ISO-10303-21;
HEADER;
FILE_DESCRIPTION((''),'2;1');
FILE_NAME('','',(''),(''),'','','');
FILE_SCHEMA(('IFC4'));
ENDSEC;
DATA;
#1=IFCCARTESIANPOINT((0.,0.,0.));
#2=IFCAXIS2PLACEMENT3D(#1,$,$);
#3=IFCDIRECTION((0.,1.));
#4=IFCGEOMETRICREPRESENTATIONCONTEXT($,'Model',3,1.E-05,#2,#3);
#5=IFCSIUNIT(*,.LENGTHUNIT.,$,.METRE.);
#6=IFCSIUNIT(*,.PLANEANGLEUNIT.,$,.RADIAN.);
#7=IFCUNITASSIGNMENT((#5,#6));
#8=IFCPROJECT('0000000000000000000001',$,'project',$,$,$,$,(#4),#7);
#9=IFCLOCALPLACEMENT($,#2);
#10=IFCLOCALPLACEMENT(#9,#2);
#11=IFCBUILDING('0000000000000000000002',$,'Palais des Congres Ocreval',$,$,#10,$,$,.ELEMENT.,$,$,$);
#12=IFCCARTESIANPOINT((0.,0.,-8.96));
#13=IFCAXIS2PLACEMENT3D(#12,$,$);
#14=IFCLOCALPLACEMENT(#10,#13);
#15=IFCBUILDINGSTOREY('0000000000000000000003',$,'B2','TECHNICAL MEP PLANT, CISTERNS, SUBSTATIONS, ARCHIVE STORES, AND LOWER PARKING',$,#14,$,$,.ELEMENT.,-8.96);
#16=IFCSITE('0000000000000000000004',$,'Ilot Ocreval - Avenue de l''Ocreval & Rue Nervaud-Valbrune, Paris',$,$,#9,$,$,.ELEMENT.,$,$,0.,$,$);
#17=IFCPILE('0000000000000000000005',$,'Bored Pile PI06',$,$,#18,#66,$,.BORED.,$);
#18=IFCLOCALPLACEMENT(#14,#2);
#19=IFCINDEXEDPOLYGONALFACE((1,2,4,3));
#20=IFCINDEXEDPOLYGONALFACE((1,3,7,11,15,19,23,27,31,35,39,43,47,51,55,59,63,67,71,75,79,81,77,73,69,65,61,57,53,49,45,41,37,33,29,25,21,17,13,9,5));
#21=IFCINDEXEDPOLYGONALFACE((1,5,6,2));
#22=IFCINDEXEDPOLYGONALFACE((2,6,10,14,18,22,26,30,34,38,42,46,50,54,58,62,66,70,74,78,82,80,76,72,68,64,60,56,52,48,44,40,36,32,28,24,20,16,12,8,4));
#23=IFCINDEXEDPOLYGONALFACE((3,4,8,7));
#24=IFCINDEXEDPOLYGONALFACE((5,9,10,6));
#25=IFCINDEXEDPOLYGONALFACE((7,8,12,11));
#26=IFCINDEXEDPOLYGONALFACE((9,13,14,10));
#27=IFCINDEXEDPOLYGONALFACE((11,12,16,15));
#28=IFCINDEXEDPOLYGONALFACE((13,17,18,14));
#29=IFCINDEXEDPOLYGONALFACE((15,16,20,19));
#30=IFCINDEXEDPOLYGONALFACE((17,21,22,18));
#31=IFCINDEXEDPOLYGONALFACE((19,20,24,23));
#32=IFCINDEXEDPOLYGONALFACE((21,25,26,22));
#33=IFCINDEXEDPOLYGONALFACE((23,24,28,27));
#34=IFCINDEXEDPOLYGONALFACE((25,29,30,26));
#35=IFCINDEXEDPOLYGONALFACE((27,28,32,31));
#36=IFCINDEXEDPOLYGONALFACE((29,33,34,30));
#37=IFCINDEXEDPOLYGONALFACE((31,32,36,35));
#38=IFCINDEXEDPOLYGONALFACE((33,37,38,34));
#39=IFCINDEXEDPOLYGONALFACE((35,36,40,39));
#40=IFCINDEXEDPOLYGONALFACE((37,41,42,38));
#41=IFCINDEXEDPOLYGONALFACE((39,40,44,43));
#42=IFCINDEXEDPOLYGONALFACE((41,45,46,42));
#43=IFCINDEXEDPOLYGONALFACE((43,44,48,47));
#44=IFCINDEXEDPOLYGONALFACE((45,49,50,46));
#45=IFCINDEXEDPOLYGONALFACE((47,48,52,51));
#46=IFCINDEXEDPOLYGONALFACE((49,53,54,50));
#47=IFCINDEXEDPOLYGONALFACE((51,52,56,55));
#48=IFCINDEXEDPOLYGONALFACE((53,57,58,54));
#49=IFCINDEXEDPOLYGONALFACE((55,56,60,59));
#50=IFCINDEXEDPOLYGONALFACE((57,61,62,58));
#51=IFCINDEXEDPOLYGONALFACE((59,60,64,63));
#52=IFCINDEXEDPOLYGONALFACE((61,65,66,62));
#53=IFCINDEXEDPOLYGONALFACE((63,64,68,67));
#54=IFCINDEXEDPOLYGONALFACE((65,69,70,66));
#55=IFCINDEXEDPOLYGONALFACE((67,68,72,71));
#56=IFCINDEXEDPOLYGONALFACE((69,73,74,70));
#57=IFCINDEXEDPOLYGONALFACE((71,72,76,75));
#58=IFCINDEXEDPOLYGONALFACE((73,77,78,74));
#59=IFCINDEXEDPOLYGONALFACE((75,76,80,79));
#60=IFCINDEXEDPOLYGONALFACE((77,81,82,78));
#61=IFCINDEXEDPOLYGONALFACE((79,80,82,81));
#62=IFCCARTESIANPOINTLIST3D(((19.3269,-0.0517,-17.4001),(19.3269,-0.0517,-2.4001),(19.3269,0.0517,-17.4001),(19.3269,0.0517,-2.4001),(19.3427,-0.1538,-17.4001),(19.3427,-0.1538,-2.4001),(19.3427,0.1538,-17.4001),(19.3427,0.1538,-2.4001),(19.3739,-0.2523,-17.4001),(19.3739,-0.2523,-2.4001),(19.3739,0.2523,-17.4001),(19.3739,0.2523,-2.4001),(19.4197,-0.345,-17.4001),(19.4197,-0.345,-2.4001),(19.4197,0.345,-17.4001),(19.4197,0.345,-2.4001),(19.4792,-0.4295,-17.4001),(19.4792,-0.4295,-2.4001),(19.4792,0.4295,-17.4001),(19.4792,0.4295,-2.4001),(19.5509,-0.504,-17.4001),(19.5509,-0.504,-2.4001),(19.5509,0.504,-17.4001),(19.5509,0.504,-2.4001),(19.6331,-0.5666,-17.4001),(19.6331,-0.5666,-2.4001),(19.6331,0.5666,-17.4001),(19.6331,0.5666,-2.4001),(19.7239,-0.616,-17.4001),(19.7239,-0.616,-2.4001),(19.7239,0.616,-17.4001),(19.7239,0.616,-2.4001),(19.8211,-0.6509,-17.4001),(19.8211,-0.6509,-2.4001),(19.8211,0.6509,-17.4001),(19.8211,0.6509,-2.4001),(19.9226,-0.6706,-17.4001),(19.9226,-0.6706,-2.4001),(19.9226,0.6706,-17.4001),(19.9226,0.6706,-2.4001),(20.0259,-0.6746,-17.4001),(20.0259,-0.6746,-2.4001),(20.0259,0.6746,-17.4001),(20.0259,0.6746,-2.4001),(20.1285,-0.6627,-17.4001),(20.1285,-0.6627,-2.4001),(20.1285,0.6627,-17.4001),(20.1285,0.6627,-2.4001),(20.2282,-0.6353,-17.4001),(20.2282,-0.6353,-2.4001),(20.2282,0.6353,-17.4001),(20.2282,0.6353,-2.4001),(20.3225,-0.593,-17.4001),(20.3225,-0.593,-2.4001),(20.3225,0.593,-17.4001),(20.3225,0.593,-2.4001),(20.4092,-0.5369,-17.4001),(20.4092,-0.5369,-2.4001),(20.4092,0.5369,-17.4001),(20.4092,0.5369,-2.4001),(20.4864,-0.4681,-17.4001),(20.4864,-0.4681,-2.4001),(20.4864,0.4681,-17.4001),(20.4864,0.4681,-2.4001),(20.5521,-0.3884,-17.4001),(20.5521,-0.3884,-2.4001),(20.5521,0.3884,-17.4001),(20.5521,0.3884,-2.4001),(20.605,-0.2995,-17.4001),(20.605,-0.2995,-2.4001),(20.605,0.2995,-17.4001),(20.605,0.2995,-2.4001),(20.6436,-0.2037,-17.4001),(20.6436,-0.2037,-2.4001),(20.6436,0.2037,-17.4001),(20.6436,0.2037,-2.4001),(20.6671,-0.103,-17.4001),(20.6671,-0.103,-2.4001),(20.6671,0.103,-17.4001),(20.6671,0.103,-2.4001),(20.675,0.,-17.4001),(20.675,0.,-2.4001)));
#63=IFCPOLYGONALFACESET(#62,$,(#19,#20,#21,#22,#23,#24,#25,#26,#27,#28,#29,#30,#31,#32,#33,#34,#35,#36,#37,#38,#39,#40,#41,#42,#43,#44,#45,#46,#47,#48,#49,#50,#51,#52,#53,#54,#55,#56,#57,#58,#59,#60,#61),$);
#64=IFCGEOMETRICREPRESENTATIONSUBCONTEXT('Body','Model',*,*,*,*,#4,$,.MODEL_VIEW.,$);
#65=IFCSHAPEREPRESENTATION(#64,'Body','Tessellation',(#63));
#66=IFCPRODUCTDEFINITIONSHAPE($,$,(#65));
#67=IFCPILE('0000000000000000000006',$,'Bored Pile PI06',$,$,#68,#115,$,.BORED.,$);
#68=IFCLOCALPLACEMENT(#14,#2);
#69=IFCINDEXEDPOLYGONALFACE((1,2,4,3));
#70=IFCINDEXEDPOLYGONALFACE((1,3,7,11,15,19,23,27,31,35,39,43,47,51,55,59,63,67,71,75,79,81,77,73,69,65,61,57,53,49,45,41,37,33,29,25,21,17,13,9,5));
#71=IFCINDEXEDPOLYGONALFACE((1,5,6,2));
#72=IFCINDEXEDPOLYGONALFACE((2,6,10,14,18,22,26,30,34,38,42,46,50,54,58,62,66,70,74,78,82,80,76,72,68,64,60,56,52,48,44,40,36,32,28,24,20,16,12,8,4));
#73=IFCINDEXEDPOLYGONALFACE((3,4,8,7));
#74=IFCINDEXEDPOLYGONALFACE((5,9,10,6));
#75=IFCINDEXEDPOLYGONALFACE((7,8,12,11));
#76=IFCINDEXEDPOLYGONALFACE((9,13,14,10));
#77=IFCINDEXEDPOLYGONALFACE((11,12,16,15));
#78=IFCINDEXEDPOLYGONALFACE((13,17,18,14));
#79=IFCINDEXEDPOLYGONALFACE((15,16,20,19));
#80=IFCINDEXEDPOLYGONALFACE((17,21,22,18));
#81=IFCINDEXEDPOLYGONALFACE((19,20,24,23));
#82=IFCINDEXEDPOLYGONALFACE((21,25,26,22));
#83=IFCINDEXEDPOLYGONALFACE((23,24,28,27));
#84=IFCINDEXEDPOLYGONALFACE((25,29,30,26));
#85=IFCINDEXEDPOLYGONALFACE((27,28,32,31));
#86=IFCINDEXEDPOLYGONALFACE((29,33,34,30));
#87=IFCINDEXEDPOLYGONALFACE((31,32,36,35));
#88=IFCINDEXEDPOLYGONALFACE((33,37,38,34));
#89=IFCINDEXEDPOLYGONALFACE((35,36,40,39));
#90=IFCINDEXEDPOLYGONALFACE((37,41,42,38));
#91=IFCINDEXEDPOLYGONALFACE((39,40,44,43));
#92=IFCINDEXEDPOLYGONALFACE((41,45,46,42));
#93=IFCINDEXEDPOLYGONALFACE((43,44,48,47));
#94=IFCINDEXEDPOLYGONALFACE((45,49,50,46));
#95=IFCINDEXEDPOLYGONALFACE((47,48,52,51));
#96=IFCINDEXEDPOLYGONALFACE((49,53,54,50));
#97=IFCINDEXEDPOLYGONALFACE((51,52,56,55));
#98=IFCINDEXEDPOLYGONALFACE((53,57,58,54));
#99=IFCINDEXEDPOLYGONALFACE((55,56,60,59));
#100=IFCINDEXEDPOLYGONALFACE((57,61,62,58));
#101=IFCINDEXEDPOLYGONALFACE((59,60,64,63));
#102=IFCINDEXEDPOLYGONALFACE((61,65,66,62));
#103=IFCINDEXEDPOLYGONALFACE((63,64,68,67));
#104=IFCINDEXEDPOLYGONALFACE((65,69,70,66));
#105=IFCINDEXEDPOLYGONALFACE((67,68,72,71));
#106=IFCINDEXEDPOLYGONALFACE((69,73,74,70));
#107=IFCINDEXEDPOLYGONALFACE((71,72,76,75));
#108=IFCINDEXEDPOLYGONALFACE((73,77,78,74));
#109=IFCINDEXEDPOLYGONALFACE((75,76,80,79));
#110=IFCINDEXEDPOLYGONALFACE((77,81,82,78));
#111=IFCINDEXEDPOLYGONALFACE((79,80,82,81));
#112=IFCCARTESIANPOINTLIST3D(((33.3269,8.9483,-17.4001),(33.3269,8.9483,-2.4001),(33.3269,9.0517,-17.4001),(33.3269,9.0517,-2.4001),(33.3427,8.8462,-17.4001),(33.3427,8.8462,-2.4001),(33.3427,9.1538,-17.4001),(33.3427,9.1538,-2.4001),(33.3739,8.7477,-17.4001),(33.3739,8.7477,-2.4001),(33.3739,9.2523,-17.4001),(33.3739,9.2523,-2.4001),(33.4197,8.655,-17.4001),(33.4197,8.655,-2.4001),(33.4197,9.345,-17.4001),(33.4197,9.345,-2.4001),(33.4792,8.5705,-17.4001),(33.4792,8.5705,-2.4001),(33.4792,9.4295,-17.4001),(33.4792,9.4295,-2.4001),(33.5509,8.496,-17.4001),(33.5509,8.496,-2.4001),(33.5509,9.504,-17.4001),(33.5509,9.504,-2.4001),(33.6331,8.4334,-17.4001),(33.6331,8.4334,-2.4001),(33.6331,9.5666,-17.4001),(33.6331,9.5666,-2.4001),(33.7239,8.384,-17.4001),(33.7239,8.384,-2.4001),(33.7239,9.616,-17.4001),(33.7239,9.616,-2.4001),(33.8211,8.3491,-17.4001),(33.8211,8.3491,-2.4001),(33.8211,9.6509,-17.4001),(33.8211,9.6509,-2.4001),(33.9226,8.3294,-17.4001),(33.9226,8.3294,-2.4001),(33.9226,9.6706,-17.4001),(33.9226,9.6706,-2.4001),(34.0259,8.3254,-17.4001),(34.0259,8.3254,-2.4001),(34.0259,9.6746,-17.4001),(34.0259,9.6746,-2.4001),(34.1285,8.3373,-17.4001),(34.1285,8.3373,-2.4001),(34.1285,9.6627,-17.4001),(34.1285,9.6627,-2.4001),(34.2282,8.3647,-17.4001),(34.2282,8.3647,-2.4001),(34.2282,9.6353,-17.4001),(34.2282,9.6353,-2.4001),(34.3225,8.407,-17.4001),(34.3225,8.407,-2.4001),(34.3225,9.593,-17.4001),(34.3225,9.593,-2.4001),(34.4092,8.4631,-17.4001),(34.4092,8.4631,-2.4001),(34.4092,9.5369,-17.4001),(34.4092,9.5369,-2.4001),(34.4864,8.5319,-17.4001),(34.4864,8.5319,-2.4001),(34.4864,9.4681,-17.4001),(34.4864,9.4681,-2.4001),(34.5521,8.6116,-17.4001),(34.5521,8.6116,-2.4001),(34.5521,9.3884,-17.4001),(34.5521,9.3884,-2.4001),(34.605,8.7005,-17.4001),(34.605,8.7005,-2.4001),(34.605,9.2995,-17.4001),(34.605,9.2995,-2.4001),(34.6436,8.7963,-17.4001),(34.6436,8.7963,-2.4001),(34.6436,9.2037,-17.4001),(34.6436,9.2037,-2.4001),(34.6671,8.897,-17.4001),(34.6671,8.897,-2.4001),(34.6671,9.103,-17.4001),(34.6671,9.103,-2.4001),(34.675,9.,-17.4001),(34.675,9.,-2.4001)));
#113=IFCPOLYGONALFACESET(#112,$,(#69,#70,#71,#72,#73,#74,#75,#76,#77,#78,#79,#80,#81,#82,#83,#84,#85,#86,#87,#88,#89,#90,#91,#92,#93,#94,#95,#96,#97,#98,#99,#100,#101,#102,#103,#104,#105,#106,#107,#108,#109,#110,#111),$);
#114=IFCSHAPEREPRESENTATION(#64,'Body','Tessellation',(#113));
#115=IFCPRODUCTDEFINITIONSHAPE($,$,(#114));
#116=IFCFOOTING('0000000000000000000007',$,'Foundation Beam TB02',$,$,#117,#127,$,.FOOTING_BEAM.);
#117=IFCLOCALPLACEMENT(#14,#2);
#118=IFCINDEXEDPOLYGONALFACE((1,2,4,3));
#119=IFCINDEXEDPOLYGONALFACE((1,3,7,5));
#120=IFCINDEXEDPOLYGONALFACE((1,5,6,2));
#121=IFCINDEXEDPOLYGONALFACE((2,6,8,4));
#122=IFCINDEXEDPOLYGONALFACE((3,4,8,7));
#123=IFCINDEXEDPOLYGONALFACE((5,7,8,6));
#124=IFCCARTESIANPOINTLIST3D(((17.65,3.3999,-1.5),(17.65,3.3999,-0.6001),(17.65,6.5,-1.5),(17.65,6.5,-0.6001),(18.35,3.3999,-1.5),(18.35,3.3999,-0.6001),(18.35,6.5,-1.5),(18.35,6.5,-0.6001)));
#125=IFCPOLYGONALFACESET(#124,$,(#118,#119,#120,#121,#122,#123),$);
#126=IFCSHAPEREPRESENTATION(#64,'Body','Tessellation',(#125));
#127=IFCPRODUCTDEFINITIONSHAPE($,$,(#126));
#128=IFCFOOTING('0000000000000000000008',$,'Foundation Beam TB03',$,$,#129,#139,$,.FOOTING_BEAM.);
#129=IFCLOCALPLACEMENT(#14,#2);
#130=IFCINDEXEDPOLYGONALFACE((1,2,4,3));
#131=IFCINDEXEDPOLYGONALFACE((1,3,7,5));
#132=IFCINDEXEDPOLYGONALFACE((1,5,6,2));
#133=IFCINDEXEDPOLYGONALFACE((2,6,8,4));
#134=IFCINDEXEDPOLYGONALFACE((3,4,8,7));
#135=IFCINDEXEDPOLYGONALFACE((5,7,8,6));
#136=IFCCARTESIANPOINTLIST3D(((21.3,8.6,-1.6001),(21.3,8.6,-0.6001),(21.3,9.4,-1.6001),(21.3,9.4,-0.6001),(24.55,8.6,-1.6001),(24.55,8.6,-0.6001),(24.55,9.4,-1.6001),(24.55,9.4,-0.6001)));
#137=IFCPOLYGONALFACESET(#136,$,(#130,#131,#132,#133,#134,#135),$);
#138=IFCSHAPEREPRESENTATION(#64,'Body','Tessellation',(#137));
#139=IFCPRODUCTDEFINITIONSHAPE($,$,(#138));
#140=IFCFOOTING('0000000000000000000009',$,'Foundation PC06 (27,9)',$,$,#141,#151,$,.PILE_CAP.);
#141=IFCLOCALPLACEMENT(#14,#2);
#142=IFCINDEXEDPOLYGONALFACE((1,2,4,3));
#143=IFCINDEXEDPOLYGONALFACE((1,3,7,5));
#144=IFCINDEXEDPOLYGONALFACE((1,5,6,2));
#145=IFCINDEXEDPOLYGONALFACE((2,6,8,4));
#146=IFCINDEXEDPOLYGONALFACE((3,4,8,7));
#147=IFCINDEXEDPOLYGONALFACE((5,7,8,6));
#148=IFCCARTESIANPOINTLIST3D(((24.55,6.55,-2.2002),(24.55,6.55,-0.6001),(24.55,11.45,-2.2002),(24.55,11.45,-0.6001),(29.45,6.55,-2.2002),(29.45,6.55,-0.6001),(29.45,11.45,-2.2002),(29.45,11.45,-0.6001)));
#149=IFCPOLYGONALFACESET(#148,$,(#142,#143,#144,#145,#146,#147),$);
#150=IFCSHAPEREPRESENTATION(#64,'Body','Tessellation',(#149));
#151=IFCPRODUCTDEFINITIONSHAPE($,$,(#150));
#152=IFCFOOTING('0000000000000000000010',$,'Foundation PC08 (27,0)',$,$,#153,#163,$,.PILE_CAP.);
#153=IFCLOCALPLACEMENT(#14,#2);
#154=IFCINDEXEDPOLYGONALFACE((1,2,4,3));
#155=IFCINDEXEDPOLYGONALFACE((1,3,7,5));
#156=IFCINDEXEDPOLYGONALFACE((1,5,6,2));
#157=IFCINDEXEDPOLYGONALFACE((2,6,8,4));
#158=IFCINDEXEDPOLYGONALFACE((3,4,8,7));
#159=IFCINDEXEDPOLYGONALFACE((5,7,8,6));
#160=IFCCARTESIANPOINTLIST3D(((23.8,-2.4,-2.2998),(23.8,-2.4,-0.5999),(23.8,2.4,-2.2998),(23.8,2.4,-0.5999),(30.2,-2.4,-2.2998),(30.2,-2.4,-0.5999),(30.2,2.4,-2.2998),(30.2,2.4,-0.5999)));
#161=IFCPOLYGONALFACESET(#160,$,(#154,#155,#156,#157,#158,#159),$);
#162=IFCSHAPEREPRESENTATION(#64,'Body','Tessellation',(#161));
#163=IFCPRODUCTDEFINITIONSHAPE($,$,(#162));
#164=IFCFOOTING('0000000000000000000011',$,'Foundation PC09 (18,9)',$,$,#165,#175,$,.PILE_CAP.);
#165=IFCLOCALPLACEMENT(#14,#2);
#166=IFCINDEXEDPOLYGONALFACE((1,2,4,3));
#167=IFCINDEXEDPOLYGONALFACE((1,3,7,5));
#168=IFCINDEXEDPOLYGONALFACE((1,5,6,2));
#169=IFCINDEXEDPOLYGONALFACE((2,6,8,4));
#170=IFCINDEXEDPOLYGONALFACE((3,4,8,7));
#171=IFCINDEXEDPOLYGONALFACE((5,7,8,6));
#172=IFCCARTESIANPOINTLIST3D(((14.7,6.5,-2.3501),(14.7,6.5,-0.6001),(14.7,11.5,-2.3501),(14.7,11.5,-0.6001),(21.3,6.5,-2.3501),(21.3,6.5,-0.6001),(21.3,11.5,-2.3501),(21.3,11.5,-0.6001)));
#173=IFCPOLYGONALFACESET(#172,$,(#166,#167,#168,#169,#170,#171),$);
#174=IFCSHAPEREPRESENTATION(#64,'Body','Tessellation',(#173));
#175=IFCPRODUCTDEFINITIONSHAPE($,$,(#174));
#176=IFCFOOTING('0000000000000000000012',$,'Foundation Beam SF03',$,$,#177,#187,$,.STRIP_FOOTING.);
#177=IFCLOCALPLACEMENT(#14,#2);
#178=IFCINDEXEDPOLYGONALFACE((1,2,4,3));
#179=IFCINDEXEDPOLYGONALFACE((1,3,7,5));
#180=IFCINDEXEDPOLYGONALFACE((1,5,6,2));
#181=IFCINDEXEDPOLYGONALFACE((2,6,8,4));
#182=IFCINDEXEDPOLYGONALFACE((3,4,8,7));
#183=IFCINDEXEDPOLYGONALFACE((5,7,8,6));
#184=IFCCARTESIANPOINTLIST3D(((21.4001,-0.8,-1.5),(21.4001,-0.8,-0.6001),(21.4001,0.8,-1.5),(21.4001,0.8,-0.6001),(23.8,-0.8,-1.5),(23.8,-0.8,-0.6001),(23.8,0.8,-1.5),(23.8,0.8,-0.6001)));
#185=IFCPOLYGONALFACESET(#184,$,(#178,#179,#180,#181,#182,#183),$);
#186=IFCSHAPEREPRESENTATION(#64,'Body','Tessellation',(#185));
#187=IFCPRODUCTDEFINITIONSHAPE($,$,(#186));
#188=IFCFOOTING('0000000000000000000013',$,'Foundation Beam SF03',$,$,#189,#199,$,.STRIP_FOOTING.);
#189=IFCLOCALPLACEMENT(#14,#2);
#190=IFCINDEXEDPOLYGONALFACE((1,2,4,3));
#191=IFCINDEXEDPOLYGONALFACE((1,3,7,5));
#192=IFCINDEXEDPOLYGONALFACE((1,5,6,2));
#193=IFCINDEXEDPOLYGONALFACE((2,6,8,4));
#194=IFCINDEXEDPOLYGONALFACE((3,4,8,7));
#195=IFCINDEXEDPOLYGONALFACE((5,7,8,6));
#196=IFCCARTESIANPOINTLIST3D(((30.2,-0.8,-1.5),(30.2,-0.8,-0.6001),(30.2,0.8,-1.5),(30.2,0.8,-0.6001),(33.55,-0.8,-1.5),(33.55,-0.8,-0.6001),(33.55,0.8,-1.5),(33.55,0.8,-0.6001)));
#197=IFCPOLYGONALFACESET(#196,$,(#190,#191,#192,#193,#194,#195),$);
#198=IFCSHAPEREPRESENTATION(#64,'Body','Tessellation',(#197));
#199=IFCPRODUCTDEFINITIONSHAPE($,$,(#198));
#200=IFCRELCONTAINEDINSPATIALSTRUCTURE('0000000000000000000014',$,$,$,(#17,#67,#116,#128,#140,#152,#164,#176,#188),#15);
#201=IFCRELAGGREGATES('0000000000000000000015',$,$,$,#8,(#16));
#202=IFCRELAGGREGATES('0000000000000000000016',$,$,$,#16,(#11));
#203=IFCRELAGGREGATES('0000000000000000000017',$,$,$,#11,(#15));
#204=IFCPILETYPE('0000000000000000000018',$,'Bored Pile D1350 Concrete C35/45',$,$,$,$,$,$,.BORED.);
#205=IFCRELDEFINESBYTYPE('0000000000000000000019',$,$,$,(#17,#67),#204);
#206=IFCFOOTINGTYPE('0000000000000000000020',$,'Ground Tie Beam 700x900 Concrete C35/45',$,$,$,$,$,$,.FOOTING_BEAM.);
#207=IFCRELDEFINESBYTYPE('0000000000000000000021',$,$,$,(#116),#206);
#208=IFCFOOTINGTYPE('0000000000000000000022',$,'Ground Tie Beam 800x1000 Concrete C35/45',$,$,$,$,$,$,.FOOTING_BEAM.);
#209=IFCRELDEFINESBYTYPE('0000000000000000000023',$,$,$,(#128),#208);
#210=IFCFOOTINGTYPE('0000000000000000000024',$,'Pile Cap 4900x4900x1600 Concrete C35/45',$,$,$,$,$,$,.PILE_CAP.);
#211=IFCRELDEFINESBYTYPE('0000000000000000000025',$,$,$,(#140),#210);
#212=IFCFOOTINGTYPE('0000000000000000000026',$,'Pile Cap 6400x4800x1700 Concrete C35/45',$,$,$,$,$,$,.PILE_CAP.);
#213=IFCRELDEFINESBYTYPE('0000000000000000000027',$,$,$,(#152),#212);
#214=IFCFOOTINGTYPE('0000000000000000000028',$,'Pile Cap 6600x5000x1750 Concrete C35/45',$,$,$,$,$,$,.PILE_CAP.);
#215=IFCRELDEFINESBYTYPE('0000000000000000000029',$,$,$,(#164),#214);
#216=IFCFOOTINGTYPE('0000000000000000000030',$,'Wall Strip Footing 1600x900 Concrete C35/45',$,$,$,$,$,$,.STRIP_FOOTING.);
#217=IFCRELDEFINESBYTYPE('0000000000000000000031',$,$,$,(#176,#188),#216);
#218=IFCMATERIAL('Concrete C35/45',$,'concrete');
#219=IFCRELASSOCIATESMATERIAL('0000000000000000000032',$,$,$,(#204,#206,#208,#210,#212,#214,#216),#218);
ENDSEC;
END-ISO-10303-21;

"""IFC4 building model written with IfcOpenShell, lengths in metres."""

from ifc_helpers import new_model, si_unit, direction, frame, origin, origin_2d, place, context, subcontext, project, spatial, rectangle, circle, extrude, material, material_profile, profile_set, type_object, element, save


model = new_model("IFC4")

# Units and contexts
model_context = context("Model", 3, precision=1e-05, world=origin(), true_north=direction((0.0, 1.0)))
body_context = subcontext(model_context, "Body", "Model", "MODEL_VIEW")
ifc_project = project(units=[si_unit("LENGTHUNIT", "METRE"), si_unit("PLANEANGLEUNIT", "RADIAN")], contexts=[model_context])

# Site, building, storey
site_placement = place(None, origin())
site = spatial("IfcSite", under=ifc_project, at=site_placement, Name="Ilot Ocreval - Avenue de l'Ocreval & Rue Nervaud-Valbrune, Paris", CompositionType="ELEMENT", RefElevation=0.0)
building_placement = place(site_placement, origin())
building = spatial("IfcBuilding", under=site, at=building_placement, Name="Palais des Congres Ocreval", CompositionType="ELEMENT")
storey_placement = place(building_placement, frame((0.0, 0.0, -8.96)))
storey = spatial("IfcBuildingStorey", under=building, at=storey_placement, Name="B2", Description="TECHNICAL MEP PLANT, CISTERNS, SUBSTATIONS, ARCHIVE STORES, AND LOWER PARKING", CompositionType="ELEMENT", Elevation=-8.96)

# Piles
ifc_material_1 = material(Name="Concrete C35/45", Category="concrete")
ifc_material_profile_1 = material_profile(ifc_material_1, circle(Radius=0.675, at=origin_2d()), Name="BORED PILE 1350")
ifc_profile_set_1 = profile_set([ifc_material_profile_1], Name="Concrete C35/45")
pile_type_1 = type_object("IfcPileType", Name="Bored Pile D1350 Concrete C35/45", PredefinedType="BORED", material=ifc_profile_set_1)
for number, where, z_axis, x_axis, name in (
    (1, (20.0, 0.0, -2.4001), (0.0, 0.0, -1.0), (1.0, 0.0, 0.0), "Bored Pile PI06"),
    (2, (34.0, 9.0, -2.4001), (0.0, 0.0, -1.0), (1.0, 0.0, 0.0), "Bored Pile PI06"),
):
    element("IfcPile", number, at=place(storey_placement, frame(where, z_axis=z_axis, x_axis=x_axis)), inside=storey, type_object=pile_type_1, Name=name, PredefinedType="BORED", context=body_context, shape_type="SweptSolid", body=[
        extrude(circle(Radius=0.675, at=origin_2d()), origin(), (0.0, 0.0, 1.0), 15.0),
    ])

# Footings
footing_type_1 = type_object("IfcFootingType", Name="Ground Tie Beam 700x900 Concrete C35/45", PredefinedType="FOOTING_BEAM", material=ifc_material_1)
footing_1_placement = place(storey_placement, frame((18.0, 4.95, -1.5), z_axis=(0.0, 0.0, 1.0), x_axis=(0.0, 1.0, 0.0)))
element("IfcFooting", 3, at=footing_1_placement, inside=storey, type_object=footing_type_1, Name="Foundation Beam TB02", PredefinedType="FOOTING_BEAM", context=body_context, shape_type="SweptSolid", body=[
    extrude(rectangle(XDim=3.1001, YDim=0.7, at=origin_2d()), origin(), (0.0, 0.0, 1.0), 0.8999),
])
footing_type_2 = type_object("IfcFootingType", Name="Ground Tie Beam 800x1000 Concrete C35/45", PredefinedType="FOOTING_BEAM", material=ifc_material_1)
footing_2_placement = place(storey_placement, frame((22.925, 9.0, -1.6001), z_axis=(0.0, 0.0, 1.0), x_axis=(1.0, 0.0, 0.0)))
element("IfcFooting", 4, at=footing_2_placement, inside=storey, type_object=footing_type_2, Name="Foundation Beam TB03", PredefinedType="FOOTING_BEAM", context=body_context, shape_type="SweptSolid", body=[
    extrude(rectangle(XDim=3.25, YDim=0.8, at=origin_2d()), origin(), (0.0, 0.0, 1.0), 1.0),
])
footing_type_3 = type_object("IfcFootingType", Name="Pile Cap 4900x4900x1600 Concrete C35/45", PredefinedType="PILE_CAP", material=ifc_material_1)
footing_3_placement = place(storey_placement, frame((27.0, 9.0, -2.2002), z_axis=(0.0, 0.0, 1.0), x_axis=(1.0, 0.0, 0.0)))
element("IfcFooting", 5, at=footing_3_placement, inside=storey, type_object=footing_type_3, Name="Foundation PC06 (27,9)", PredefinedType="PILE_CAP", context=body_context, shape_type="SweptSolid", body=[
    extrude(rectangle(XDim=4.8999, YDim=4.8999, at=origin_2d()), origin(), (0.0, 0.0, 1.0), 1.6001),
])
footing_type_4 = type_object("IfcFootingType", Name="Pile Cap 6400x4800x1700 Concrete C35/45", PredefinedType="PILE_CAP", material=ifc_material_1)
footing_4_placement = place(storey_placement, frame((27.0, 0.0, -2.2998), z_axis=(0.0, 0.0, 1.0), x_axis=(1.0, 0.0, 0.0)))
element("IfcFooting", 6, at=footing_4_placement, inside=storey, type_object=footing_type_4, Name="Foundation PC08 (27,0)", PredefinedType="PILE_CAP", context=body_context, shape_type="SweptSolid", body=[
    extrude(rectangle(XDim=6.3999, YDim=4.8, at=origin_2d()), origin(), (0.0, 0.0, 1.0), 1.7),
])
footing_type_5 = type_object("IfcFootingType", Name="Pile Cap 6600x5000x1750 Concrete C35/45", PredefinedType="PILE_CAP", material=ifc_material_1)
footing_5_placement = place(storey_placement, frame((18.0, 9.0, -2.3501), z_axis=(0.0, 0.0, 1.0), x_axis=(1.0, 0.0, 0.0)))
element("IfcFooting", 7, at=footing_5_placement, inside=storey, type_object=footing_type_5, Name="Foundation PC09 (18,9)", PredefinedType="PILE_CAP", context=body_context, shape_type="SweptSolid", body=[
    extrude(rectangle(XDim=6.6001, YDim=5.0, at=origin_2d()), origin(), (0.0, 0.0, 1.0), 1.75),
])
footing_type_6 = type_object("IfcFootingType", Name="Wall Strip Footing 1600x900 Concrete C35/45", PredefinedType="STRIP_FOOTING", material=ifc_material_1)
footing_6_placement = place(storey_placement, frame((22.6001, 0.0, -1.5), z_axis=(0.0, 0.0, 1.0), x_axis=(1.0, 0.0, 0.0)))
element("IfcFooting", 8, at=footing_6_placement, inside=storey, type_object=footing_type_6, Name="Foundation Beam SF03", PredefinedType="STRIP_FOOTING", context=body_context, shape_type="SweptSolid", body=[
    extrude(rectangle(XDim=2.3999, YDim=1.6001, at=origin_2d()), origin(), (0.0, 0.0, 1.0), 0.8999),
])
footing_7_placement = place(storey_placement, frame((31.875, 0.0, -1.5), z_axis=(0.0, 0.0, 1.0), x_axis=(1.0, 0.0, 0.0)))
element("IfcFooting", 9, at=footing_7_placement, inside=storey, type_object=footing_type_6, Name="Foundation Beam SF03", PredefinedType="STRIP_FOOTING", context=body_context, shape_type="SweptSolid", body=[
    extrude(rectangle(XDim=3.3501, YDim=1.6001, at=origin_2d()), origin(), (0.0, 0.0, 1.0), 0.8999),
])

save(model, "model.ifc")
